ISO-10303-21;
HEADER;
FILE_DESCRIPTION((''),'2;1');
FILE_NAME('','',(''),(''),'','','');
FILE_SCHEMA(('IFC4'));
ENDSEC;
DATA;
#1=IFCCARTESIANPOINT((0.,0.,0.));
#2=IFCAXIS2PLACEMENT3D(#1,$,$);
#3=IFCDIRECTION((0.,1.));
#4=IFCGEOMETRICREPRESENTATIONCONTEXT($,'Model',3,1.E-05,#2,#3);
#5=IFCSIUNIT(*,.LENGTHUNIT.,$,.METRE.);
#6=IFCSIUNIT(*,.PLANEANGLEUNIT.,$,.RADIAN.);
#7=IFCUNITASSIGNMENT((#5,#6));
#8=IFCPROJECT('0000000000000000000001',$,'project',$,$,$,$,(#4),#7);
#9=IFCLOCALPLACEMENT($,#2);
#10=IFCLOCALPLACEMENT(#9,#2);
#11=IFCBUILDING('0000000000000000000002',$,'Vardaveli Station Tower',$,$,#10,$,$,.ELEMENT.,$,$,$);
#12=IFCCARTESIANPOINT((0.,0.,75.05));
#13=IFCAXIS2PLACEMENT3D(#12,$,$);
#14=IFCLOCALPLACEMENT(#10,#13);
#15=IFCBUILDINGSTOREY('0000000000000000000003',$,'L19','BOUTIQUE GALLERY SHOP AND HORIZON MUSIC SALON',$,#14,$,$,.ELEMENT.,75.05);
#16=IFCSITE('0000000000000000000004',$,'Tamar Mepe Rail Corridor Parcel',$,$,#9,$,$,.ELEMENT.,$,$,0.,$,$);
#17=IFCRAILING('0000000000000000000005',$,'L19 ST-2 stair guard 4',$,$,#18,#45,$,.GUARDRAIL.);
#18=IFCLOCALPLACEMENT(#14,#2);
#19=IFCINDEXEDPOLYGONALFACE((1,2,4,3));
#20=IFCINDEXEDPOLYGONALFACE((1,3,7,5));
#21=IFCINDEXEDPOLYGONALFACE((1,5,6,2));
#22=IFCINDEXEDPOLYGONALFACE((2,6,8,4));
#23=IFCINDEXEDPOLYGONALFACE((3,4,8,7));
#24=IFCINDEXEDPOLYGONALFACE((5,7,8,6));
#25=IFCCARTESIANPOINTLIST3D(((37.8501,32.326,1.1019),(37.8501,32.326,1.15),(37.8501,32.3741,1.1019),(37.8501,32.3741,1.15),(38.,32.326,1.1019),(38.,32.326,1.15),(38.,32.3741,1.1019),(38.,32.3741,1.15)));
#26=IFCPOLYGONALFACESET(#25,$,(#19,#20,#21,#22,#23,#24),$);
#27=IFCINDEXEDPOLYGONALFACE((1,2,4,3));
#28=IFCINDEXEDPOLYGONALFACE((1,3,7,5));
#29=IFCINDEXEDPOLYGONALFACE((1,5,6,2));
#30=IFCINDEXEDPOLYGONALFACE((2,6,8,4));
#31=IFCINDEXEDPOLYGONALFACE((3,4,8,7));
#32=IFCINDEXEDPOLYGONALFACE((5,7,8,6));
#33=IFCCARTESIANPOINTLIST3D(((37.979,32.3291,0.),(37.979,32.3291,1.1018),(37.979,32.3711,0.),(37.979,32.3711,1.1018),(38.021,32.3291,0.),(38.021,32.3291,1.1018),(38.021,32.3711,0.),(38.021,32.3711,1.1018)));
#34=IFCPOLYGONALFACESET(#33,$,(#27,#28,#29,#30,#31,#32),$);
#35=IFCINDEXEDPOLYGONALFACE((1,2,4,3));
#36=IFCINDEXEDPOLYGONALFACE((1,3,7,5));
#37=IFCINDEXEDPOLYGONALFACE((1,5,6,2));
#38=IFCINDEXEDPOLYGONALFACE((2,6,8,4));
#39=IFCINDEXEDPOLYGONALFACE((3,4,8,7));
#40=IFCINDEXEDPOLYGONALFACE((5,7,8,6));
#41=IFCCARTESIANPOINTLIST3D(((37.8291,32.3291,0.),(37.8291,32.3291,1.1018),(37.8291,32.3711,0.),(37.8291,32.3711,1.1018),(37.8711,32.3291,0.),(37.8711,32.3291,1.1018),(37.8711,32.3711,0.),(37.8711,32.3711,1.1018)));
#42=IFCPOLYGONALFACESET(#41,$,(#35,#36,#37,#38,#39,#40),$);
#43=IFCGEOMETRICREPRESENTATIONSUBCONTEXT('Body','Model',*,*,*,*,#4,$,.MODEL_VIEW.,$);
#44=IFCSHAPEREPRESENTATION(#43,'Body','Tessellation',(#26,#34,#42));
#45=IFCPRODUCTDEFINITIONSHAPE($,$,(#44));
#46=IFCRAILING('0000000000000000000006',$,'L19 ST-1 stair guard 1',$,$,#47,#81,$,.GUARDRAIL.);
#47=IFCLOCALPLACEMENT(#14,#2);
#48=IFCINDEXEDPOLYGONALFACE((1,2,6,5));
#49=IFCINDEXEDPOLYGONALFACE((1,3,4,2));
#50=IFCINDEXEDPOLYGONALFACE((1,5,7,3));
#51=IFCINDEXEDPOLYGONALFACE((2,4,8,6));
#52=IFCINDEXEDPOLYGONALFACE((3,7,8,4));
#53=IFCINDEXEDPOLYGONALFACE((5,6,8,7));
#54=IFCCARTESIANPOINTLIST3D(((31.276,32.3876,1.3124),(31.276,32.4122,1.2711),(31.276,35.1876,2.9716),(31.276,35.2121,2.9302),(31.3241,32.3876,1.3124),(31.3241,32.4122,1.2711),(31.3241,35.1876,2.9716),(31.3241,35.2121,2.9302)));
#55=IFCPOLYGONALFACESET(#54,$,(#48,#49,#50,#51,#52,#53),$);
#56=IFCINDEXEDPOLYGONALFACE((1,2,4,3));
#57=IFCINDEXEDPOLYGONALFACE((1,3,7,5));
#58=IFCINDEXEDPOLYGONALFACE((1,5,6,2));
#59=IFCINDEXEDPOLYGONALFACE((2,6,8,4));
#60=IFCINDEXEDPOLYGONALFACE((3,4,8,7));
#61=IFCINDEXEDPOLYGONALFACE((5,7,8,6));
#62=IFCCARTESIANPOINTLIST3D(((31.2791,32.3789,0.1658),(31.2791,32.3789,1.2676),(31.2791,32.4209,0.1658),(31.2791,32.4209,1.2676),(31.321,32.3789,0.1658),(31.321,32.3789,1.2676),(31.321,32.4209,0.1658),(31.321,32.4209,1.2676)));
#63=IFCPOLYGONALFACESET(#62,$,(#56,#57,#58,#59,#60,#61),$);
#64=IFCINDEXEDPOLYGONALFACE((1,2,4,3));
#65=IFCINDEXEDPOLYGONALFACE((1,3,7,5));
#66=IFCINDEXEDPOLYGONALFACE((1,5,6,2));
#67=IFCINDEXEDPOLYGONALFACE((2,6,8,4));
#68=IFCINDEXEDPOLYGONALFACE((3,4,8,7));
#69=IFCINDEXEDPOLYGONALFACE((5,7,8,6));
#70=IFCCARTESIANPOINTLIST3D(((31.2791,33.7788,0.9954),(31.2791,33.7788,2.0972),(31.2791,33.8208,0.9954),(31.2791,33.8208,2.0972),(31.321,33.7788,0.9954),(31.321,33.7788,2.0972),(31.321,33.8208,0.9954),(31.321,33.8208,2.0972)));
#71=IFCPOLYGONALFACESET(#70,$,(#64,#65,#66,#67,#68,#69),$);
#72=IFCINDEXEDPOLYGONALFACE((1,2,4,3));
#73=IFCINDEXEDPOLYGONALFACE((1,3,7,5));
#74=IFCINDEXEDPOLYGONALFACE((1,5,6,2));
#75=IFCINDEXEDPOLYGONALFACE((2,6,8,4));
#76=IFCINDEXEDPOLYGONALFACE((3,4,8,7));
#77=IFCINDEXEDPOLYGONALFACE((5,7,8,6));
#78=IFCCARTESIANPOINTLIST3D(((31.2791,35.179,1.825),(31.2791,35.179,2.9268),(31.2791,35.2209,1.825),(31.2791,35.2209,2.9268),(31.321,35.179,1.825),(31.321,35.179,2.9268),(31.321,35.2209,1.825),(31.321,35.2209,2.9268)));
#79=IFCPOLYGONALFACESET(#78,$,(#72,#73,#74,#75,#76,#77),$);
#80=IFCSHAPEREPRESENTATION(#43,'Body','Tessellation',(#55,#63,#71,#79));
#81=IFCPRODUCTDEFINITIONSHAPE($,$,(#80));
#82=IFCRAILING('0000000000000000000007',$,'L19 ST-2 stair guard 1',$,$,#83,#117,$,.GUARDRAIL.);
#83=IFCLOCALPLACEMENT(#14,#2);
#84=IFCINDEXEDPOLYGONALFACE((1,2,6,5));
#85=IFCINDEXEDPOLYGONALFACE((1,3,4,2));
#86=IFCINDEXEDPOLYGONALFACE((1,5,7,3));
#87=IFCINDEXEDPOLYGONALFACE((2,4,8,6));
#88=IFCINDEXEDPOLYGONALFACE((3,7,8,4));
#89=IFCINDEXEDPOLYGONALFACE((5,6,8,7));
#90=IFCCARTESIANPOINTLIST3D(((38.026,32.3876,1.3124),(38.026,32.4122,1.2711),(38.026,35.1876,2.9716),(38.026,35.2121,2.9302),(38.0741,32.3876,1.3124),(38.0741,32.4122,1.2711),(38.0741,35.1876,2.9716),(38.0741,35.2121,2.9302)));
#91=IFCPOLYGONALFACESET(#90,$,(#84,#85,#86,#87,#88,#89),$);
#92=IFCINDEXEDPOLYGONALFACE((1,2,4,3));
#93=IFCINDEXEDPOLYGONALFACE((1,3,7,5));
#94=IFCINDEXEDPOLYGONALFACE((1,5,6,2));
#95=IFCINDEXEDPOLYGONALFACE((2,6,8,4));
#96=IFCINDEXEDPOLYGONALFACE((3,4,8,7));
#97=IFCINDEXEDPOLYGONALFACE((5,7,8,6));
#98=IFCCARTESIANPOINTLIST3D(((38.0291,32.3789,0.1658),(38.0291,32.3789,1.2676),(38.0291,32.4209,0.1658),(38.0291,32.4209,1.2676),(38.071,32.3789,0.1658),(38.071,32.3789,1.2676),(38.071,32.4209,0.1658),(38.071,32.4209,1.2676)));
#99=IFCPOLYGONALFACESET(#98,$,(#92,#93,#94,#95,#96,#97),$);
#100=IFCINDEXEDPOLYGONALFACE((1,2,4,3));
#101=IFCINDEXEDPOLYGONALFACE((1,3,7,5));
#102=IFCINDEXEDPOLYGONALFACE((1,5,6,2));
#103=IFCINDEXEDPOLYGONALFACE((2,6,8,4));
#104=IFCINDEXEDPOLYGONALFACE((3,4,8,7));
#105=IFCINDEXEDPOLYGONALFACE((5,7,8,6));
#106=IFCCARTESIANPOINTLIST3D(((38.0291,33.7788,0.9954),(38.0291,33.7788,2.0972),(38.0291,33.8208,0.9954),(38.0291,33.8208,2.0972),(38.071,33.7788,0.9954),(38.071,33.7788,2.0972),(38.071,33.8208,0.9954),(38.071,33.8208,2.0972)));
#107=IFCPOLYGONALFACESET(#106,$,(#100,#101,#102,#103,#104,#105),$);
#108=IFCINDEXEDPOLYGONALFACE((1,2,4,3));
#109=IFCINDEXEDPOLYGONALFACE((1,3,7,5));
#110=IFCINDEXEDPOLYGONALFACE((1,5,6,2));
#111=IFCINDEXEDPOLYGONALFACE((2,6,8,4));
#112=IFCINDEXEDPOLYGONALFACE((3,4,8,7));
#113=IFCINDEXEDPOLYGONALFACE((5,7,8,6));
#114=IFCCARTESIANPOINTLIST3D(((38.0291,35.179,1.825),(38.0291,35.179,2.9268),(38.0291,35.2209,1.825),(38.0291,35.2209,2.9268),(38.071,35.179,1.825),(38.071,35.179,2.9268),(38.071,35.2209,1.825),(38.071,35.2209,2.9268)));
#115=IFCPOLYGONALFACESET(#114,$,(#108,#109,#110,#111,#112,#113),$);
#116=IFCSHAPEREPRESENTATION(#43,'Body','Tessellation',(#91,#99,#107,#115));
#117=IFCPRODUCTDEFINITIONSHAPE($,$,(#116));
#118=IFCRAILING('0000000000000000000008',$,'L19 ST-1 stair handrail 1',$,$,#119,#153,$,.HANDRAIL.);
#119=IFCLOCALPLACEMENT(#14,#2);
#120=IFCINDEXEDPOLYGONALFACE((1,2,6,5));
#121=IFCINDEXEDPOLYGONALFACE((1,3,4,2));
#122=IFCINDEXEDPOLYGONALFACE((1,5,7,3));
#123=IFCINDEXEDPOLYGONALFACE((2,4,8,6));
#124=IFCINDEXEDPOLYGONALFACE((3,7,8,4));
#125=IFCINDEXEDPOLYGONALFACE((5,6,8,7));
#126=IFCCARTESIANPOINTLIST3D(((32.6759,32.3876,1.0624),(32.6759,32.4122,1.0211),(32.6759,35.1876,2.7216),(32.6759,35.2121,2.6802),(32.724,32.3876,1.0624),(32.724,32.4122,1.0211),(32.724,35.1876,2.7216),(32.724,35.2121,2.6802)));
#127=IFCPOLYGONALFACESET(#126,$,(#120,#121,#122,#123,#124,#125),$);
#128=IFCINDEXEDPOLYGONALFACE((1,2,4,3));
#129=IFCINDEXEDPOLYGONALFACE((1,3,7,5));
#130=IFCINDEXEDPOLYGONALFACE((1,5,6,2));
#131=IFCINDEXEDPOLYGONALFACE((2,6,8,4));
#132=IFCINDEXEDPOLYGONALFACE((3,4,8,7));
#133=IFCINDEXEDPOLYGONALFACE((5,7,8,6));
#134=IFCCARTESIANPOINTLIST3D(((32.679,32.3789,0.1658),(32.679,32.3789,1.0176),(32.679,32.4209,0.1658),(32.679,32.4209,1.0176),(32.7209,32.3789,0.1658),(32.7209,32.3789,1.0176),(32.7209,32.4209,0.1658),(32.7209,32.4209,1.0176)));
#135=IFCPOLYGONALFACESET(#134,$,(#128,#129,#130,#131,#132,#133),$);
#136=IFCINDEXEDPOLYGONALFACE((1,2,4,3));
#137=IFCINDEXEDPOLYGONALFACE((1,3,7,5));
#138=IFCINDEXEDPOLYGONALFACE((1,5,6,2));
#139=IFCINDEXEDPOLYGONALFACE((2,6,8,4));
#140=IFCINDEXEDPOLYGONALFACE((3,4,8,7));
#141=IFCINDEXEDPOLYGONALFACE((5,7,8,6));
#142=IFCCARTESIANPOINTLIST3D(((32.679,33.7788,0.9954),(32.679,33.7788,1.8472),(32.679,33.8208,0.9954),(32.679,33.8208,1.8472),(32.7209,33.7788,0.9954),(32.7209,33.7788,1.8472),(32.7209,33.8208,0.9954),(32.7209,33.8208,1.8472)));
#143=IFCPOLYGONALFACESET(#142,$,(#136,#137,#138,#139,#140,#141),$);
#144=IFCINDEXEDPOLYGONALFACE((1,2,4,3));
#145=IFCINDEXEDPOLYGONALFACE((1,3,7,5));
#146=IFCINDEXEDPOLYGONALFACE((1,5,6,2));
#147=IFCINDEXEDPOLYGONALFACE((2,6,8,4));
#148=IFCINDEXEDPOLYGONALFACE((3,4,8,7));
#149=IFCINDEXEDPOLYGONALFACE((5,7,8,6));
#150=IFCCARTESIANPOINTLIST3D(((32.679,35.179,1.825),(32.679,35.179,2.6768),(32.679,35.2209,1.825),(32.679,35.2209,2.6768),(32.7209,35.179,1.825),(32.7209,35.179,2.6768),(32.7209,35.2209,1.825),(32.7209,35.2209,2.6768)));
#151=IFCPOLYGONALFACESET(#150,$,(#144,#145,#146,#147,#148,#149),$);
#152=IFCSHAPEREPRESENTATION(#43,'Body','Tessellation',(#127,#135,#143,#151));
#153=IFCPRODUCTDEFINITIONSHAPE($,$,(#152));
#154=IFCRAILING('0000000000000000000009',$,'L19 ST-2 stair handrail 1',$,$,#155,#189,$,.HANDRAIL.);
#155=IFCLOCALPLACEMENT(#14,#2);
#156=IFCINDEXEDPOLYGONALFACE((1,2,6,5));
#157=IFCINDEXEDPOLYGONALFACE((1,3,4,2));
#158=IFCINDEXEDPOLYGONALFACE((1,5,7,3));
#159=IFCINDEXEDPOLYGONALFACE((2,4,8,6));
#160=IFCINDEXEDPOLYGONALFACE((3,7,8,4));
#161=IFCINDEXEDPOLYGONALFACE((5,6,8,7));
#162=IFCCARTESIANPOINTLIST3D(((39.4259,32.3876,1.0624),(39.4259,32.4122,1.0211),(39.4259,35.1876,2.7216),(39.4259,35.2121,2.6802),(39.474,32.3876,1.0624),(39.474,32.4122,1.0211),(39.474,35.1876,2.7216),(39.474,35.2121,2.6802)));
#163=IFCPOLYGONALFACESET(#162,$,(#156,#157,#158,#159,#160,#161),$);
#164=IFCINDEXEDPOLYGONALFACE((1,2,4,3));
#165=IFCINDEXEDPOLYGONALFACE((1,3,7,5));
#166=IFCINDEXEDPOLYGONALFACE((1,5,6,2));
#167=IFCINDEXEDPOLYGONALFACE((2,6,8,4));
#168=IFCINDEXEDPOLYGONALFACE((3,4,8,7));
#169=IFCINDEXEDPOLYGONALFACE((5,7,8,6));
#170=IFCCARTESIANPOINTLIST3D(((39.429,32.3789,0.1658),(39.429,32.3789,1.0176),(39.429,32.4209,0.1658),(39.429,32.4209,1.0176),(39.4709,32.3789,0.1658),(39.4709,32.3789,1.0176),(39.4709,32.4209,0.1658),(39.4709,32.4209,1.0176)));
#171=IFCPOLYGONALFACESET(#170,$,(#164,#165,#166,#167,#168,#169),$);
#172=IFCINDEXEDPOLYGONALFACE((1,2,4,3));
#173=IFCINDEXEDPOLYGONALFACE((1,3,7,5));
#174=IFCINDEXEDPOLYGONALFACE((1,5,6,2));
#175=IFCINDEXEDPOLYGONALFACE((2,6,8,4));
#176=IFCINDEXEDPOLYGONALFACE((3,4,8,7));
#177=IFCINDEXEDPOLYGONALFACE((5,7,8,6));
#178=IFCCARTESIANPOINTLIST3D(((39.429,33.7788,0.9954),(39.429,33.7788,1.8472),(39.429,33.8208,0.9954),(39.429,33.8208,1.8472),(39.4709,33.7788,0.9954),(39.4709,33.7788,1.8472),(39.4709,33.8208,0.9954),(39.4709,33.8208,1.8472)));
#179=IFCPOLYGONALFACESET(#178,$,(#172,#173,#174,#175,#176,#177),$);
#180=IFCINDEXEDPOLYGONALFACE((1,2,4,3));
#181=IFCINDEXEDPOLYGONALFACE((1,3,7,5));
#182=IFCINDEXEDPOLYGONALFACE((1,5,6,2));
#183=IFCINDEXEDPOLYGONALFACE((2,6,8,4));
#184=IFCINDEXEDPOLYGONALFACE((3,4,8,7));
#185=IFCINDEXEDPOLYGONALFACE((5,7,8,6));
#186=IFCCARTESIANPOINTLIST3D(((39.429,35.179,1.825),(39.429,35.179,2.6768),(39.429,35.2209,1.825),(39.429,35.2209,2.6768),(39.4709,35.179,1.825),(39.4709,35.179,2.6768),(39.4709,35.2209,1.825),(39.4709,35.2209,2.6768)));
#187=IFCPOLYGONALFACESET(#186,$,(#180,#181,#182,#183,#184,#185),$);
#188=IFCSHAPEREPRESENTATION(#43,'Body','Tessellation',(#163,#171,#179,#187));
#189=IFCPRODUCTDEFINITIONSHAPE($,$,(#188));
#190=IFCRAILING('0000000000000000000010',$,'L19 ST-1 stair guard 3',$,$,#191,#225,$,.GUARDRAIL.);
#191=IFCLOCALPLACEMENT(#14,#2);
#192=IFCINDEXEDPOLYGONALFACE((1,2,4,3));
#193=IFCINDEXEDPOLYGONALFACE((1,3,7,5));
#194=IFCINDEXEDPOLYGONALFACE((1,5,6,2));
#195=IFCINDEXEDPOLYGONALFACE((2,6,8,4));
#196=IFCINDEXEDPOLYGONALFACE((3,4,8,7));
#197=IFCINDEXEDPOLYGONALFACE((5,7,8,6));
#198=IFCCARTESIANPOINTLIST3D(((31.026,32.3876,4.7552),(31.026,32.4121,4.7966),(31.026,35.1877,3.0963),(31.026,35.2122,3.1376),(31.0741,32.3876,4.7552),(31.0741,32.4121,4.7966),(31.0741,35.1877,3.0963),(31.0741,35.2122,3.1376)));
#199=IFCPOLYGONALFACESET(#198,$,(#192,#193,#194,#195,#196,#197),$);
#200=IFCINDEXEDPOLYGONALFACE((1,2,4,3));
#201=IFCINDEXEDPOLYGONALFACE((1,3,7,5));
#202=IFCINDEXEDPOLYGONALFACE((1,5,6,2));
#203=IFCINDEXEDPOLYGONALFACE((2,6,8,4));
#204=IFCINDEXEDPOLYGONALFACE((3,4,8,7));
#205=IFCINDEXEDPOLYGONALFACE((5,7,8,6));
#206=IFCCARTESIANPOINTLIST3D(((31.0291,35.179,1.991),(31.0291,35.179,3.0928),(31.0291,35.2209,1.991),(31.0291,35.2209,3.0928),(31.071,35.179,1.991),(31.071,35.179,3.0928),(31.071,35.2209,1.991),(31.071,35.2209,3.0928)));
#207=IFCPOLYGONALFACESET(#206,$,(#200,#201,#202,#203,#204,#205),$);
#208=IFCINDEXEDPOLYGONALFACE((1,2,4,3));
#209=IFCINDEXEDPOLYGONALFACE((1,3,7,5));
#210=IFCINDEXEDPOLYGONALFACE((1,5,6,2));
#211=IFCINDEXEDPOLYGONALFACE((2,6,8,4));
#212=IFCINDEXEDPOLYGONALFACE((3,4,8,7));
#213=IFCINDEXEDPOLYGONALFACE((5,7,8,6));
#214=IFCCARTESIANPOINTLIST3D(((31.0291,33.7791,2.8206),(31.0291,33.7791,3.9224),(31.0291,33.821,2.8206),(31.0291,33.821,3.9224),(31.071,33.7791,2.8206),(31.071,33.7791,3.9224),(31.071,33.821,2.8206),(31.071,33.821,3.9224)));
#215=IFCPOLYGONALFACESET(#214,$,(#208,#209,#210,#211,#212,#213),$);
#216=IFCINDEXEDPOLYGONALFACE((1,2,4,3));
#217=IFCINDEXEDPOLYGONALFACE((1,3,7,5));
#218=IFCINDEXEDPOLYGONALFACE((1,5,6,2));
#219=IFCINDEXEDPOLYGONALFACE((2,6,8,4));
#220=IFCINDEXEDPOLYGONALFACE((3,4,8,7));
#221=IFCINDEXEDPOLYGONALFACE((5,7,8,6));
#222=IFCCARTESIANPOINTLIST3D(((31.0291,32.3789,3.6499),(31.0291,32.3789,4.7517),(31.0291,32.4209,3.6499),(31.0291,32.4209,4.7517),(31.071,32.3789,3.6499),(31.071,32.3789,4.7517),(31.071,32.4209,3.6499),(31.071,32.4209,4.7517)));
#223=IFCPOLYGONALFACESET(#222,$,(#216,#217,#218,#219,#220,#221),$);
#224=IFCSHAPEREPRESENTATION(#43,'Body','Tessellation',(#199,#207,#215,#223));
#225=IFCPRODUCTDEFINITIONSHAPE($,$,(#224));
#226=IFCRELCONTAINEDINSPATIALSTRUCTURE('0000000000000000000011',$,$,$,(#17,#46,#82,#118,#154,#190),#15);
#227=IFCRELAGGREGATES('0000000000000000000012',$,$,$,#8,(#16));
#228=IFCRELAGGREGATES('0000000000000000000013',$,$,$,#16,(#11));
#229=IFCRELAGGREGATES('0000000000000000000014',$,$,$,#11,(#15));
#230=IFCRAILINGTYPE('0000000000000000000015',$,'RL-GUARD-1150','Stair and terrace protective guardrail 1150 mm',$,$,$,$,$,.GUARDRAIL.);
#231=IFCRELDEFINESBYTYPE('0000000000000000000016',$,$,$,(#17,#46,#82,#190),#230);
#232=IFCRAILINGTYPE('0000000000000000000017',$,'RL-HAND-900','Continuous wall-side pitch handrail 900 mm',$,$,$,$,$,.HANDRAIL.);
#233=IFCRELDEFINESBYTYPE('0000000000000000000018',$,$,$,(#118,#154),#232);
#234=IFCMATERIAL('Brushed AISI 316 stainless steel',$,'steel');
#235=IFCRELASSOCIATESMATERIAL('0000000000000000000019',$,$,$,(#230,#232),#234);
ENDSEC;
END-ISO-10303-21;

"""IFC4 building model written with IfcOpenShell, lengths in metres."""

from ifc_helpers import new_model, si_unit, direction, frame, origin, origin_2d, place, context, subcontext, project, spatial, rectangle, extrude, source, transform, mapped, material, type_object, element, save


model = new_model("IFC4")

# Units and contexts
model_context = context("Model", 3, precision=1e-05, world=origin(), true_north=direction((0.0, 1.0)))
body_context = subcontext(model_context, "Body", "Model", "MODEL_VIEW")
ifc_project = project(units=[si_unit("LENGTHUNIT", "METRE"), si_unit("PLANEANGLEUNIT", "RADIAN")], contexts=[model_context])

# Site, building, storey
site_placement = place(None, origin())
site = spatial("IfcSite", under=ifc_project, at=site_placement, Name="Tamar Mepe Rail Corridor Parcel", CompositionType="ELEMENT", RefElevation=0.0)
building_placement = place(site_placement, origin())
building = spatial("IfcBuilding", under=site, at=building_placement, Name="Vardaveli Station Tower", CompositionType="ELEMENT")
storey_placement = place(building_placement, frame((0.0, 0.0, 75.05)))
storey = spatial("IfcBuildingStorey", under=building, at=storey_placement, Name="L19", Description="BOUTIQUE GALLERY SHOP AND HORIZON MUSIC SALON", CompositionType="ELEMENT", Elevation=75.05)

# Railings
ifc_material_1 = material(Name="Brushed AISI 316 stainless steel", Category="steel")
railing_type_1 = type_object("IfcRailingType", Name="RL-GUARD-1150", Description="Stair and terrace protective guardrail 1150 mm", PredefinedType="GUARDRAIL", material=ifc_material_1)
shared_shape_1 = source(origin(), body_context, "Body", "SweptSolid", [
    extrude(rectangle(XDim=0.0481, YDim=0.0481, at=origin_2d()), frame((0.0, 0.0, 1.126), z_axis=(-1.0, 0.0, 0.0), x_axis=(0.0, -1.0, 0.0)), (0.0, 0.0, 1.0), 0.1499),
    extrude(rectangle(XDim=0.042, YDim=0.042, at=origin_2d()), origin(), (0.0, 0.0, 1.0), 1.1018),
    extrude(rectangle(XDim=0.042, YDim=0.042, at=origin_2d()), frame((-0.1499, 0.0, 0.0)), (0.0, 0.0, 1.0), 1.1018),
])
for number, where, name in (
    (1, (38.0, 32.3501, 0.0), "L19 ST-2 stair guard 4"),
):
    element("IfcRailing", number, at=place(storey_placement, frame(where)), inside=storey, type_object=railing_type_1, Name=name, PredefinedType="GUARDRAIL", context=body_context, shape_type="MappedRepresentation", body=[
        mapped(shared_shape_1, transform((0.0, 0.0, 0.0), scale=1.0)),
    ])
shared_shape_2 = source(origin(), body_context, "Body", "SweptSolid", [
    extrude(rectangle(XDim=0.0481, YDim=0.0481, at=origin_2d()), frame((0.0, 0.0, 1.126), z_axis=(0.0, 0.860306, 0.509778), x_axis=(-1.0, 0.0, 0.0)), (0.0, 0.0, 1.0), 3.2546),
    extrude(rectangle(XDim=0.042, YDim=0.042, at=origin_2d()), origin(), (0.0, 0.0, 1.0), 1.1018),
    extrude(rectangle(XDim=0.042, YDim=0.042, at=origin_2d()), frame((0.0, 1.3999, 0.8296)), (0.0, 0.0, 1.0), 1.1018),
    extrude(rectangle(XDim=0.042, YDim=0.042, at=origin_2d()), frame((0.0, 2.8, 1.6592)), (0.0, 0.0, 1.0), 1.1018),
])
for number, where, name in (
    (2, (31.3, 32.3999, 0.1658), "L19 ST-1 stair guard 1"),
    (3, (38.05, 32.3999, 0.1658), "L19 ST-2 stair guard 1"),
):
    element("IfcRailing", number, at=place(storey_placement, frame(where)), inside=storey, type_object=railing_type_1, Name=name, PredefinedType="GUARDRAIL", context=body_context, shape_type="MappedRepresentation", body=[
        mapped(shared_shape_2, transform((0.0, 0.0, 0.0), scale=1.0)),
    ])
railing_type_2 = type_object("IfcRailingType", Name="RL-HAND-900", Description="Continuous wall-side pitch handrail 900 mm", PredefinedType="HANDRAIL", material=ifc_material_1)
shared_shape_3 = source(origin(), body_context, "Body", "SweptSolid", [
    extrude(rectangle(XDim=0.0481, YDim=0.0481, at=origin_2d()), frame((0.0, 0.0, 0.876), z_axis=(0.0, 0.860306, 0.509778), x_axis=(-1.0, 0.0, 0.0)), (0.0, 0.0, 1.0), 3.2546),
    extrude(rectangle(XDim=0.042, YDim=0.042, at=origin_2d()), origin(), (0.0, 0.0, 1.0), 0.8518),
    extrude(rectangle(XDim=0.042, YDim=0.042, at=origin_2d()), frame((0.0, 1.3999, 0.8296)), (0.0, 0.0, 1.0), 0.8518),
    extrude(rectangle(XDim=0.042, YDim=0.042, at=origin_2d()), frame((0.0, 2.8, 1.6592)), (0.0, 0.0, 1.0), 0.8518),
])
for number, where, name in (
    (4, (32.7, 32.3999, 0.1658), "L19 ST-1 stair handrail 1"),
    (5, (39.45, 32.3999, 0.1658), "L19 ST-2 stair handrail 1"),
):
    element("IfcRailing", number, at=place(storey_placement, frame(where)), inside=storey, type_object=railing_type_2, Name=name, PredefinedType="HANDRAIL", context=body_context, shape_type="MappedRepresentation", body=[
        mapped(shared_shape_3, transform((0.0, 0.0, 0.0), scale=1.0)),
    ])
shared_shape_4 = source(origin(), body_context, "Body", "SweptSolid", [
    extrude(rectangle(XDim=0.0481, YDim=0.0481, at=origin_2d()), frame((0.0, 0.0, 1.126), z_axis=(0.0, -0.860339, 0.509722), x_axis=(1.0, 0.0, 0.0)), (0.0, 0.0, 1.0), 3.2546),
    extrude(rectangle(XDim=0.042, YDim=0.042, at=origin_2d()), origin(), (0.0, 0.0, 1.0), 1.1018),
    extrude(rectangle(XDim=0.042, YDim=0.042, at=origin_2d()), frame((0.0, -1.3999, 0.8296)), (0.0, 0.0, 1.0), 1.1018),
    extrude(rectangle(XDim=0.042, YDim=0.042, at=origin_2d()), frame((0.0, -2.8, 1.6589)), (0.0, 0.0, 1.0), 1.1018),
])
railing_1_placement = place(storey_placement, frame((31.05, 35.2, 1.991)))
element("IfcRailing", 6, at=railing_1_placement, inside=storey, type_object=railing_type_1, Name="L19 ST-1 stair guard 3", PredefinedType="GUARDRAIL", context=body_context, shape_type="MappedRepresentation", body=[
    mapped(shared_shape_4, transform((0.0, 0.0, 0.0), scale=1.0)),
])

save(model, "model.ifc")
